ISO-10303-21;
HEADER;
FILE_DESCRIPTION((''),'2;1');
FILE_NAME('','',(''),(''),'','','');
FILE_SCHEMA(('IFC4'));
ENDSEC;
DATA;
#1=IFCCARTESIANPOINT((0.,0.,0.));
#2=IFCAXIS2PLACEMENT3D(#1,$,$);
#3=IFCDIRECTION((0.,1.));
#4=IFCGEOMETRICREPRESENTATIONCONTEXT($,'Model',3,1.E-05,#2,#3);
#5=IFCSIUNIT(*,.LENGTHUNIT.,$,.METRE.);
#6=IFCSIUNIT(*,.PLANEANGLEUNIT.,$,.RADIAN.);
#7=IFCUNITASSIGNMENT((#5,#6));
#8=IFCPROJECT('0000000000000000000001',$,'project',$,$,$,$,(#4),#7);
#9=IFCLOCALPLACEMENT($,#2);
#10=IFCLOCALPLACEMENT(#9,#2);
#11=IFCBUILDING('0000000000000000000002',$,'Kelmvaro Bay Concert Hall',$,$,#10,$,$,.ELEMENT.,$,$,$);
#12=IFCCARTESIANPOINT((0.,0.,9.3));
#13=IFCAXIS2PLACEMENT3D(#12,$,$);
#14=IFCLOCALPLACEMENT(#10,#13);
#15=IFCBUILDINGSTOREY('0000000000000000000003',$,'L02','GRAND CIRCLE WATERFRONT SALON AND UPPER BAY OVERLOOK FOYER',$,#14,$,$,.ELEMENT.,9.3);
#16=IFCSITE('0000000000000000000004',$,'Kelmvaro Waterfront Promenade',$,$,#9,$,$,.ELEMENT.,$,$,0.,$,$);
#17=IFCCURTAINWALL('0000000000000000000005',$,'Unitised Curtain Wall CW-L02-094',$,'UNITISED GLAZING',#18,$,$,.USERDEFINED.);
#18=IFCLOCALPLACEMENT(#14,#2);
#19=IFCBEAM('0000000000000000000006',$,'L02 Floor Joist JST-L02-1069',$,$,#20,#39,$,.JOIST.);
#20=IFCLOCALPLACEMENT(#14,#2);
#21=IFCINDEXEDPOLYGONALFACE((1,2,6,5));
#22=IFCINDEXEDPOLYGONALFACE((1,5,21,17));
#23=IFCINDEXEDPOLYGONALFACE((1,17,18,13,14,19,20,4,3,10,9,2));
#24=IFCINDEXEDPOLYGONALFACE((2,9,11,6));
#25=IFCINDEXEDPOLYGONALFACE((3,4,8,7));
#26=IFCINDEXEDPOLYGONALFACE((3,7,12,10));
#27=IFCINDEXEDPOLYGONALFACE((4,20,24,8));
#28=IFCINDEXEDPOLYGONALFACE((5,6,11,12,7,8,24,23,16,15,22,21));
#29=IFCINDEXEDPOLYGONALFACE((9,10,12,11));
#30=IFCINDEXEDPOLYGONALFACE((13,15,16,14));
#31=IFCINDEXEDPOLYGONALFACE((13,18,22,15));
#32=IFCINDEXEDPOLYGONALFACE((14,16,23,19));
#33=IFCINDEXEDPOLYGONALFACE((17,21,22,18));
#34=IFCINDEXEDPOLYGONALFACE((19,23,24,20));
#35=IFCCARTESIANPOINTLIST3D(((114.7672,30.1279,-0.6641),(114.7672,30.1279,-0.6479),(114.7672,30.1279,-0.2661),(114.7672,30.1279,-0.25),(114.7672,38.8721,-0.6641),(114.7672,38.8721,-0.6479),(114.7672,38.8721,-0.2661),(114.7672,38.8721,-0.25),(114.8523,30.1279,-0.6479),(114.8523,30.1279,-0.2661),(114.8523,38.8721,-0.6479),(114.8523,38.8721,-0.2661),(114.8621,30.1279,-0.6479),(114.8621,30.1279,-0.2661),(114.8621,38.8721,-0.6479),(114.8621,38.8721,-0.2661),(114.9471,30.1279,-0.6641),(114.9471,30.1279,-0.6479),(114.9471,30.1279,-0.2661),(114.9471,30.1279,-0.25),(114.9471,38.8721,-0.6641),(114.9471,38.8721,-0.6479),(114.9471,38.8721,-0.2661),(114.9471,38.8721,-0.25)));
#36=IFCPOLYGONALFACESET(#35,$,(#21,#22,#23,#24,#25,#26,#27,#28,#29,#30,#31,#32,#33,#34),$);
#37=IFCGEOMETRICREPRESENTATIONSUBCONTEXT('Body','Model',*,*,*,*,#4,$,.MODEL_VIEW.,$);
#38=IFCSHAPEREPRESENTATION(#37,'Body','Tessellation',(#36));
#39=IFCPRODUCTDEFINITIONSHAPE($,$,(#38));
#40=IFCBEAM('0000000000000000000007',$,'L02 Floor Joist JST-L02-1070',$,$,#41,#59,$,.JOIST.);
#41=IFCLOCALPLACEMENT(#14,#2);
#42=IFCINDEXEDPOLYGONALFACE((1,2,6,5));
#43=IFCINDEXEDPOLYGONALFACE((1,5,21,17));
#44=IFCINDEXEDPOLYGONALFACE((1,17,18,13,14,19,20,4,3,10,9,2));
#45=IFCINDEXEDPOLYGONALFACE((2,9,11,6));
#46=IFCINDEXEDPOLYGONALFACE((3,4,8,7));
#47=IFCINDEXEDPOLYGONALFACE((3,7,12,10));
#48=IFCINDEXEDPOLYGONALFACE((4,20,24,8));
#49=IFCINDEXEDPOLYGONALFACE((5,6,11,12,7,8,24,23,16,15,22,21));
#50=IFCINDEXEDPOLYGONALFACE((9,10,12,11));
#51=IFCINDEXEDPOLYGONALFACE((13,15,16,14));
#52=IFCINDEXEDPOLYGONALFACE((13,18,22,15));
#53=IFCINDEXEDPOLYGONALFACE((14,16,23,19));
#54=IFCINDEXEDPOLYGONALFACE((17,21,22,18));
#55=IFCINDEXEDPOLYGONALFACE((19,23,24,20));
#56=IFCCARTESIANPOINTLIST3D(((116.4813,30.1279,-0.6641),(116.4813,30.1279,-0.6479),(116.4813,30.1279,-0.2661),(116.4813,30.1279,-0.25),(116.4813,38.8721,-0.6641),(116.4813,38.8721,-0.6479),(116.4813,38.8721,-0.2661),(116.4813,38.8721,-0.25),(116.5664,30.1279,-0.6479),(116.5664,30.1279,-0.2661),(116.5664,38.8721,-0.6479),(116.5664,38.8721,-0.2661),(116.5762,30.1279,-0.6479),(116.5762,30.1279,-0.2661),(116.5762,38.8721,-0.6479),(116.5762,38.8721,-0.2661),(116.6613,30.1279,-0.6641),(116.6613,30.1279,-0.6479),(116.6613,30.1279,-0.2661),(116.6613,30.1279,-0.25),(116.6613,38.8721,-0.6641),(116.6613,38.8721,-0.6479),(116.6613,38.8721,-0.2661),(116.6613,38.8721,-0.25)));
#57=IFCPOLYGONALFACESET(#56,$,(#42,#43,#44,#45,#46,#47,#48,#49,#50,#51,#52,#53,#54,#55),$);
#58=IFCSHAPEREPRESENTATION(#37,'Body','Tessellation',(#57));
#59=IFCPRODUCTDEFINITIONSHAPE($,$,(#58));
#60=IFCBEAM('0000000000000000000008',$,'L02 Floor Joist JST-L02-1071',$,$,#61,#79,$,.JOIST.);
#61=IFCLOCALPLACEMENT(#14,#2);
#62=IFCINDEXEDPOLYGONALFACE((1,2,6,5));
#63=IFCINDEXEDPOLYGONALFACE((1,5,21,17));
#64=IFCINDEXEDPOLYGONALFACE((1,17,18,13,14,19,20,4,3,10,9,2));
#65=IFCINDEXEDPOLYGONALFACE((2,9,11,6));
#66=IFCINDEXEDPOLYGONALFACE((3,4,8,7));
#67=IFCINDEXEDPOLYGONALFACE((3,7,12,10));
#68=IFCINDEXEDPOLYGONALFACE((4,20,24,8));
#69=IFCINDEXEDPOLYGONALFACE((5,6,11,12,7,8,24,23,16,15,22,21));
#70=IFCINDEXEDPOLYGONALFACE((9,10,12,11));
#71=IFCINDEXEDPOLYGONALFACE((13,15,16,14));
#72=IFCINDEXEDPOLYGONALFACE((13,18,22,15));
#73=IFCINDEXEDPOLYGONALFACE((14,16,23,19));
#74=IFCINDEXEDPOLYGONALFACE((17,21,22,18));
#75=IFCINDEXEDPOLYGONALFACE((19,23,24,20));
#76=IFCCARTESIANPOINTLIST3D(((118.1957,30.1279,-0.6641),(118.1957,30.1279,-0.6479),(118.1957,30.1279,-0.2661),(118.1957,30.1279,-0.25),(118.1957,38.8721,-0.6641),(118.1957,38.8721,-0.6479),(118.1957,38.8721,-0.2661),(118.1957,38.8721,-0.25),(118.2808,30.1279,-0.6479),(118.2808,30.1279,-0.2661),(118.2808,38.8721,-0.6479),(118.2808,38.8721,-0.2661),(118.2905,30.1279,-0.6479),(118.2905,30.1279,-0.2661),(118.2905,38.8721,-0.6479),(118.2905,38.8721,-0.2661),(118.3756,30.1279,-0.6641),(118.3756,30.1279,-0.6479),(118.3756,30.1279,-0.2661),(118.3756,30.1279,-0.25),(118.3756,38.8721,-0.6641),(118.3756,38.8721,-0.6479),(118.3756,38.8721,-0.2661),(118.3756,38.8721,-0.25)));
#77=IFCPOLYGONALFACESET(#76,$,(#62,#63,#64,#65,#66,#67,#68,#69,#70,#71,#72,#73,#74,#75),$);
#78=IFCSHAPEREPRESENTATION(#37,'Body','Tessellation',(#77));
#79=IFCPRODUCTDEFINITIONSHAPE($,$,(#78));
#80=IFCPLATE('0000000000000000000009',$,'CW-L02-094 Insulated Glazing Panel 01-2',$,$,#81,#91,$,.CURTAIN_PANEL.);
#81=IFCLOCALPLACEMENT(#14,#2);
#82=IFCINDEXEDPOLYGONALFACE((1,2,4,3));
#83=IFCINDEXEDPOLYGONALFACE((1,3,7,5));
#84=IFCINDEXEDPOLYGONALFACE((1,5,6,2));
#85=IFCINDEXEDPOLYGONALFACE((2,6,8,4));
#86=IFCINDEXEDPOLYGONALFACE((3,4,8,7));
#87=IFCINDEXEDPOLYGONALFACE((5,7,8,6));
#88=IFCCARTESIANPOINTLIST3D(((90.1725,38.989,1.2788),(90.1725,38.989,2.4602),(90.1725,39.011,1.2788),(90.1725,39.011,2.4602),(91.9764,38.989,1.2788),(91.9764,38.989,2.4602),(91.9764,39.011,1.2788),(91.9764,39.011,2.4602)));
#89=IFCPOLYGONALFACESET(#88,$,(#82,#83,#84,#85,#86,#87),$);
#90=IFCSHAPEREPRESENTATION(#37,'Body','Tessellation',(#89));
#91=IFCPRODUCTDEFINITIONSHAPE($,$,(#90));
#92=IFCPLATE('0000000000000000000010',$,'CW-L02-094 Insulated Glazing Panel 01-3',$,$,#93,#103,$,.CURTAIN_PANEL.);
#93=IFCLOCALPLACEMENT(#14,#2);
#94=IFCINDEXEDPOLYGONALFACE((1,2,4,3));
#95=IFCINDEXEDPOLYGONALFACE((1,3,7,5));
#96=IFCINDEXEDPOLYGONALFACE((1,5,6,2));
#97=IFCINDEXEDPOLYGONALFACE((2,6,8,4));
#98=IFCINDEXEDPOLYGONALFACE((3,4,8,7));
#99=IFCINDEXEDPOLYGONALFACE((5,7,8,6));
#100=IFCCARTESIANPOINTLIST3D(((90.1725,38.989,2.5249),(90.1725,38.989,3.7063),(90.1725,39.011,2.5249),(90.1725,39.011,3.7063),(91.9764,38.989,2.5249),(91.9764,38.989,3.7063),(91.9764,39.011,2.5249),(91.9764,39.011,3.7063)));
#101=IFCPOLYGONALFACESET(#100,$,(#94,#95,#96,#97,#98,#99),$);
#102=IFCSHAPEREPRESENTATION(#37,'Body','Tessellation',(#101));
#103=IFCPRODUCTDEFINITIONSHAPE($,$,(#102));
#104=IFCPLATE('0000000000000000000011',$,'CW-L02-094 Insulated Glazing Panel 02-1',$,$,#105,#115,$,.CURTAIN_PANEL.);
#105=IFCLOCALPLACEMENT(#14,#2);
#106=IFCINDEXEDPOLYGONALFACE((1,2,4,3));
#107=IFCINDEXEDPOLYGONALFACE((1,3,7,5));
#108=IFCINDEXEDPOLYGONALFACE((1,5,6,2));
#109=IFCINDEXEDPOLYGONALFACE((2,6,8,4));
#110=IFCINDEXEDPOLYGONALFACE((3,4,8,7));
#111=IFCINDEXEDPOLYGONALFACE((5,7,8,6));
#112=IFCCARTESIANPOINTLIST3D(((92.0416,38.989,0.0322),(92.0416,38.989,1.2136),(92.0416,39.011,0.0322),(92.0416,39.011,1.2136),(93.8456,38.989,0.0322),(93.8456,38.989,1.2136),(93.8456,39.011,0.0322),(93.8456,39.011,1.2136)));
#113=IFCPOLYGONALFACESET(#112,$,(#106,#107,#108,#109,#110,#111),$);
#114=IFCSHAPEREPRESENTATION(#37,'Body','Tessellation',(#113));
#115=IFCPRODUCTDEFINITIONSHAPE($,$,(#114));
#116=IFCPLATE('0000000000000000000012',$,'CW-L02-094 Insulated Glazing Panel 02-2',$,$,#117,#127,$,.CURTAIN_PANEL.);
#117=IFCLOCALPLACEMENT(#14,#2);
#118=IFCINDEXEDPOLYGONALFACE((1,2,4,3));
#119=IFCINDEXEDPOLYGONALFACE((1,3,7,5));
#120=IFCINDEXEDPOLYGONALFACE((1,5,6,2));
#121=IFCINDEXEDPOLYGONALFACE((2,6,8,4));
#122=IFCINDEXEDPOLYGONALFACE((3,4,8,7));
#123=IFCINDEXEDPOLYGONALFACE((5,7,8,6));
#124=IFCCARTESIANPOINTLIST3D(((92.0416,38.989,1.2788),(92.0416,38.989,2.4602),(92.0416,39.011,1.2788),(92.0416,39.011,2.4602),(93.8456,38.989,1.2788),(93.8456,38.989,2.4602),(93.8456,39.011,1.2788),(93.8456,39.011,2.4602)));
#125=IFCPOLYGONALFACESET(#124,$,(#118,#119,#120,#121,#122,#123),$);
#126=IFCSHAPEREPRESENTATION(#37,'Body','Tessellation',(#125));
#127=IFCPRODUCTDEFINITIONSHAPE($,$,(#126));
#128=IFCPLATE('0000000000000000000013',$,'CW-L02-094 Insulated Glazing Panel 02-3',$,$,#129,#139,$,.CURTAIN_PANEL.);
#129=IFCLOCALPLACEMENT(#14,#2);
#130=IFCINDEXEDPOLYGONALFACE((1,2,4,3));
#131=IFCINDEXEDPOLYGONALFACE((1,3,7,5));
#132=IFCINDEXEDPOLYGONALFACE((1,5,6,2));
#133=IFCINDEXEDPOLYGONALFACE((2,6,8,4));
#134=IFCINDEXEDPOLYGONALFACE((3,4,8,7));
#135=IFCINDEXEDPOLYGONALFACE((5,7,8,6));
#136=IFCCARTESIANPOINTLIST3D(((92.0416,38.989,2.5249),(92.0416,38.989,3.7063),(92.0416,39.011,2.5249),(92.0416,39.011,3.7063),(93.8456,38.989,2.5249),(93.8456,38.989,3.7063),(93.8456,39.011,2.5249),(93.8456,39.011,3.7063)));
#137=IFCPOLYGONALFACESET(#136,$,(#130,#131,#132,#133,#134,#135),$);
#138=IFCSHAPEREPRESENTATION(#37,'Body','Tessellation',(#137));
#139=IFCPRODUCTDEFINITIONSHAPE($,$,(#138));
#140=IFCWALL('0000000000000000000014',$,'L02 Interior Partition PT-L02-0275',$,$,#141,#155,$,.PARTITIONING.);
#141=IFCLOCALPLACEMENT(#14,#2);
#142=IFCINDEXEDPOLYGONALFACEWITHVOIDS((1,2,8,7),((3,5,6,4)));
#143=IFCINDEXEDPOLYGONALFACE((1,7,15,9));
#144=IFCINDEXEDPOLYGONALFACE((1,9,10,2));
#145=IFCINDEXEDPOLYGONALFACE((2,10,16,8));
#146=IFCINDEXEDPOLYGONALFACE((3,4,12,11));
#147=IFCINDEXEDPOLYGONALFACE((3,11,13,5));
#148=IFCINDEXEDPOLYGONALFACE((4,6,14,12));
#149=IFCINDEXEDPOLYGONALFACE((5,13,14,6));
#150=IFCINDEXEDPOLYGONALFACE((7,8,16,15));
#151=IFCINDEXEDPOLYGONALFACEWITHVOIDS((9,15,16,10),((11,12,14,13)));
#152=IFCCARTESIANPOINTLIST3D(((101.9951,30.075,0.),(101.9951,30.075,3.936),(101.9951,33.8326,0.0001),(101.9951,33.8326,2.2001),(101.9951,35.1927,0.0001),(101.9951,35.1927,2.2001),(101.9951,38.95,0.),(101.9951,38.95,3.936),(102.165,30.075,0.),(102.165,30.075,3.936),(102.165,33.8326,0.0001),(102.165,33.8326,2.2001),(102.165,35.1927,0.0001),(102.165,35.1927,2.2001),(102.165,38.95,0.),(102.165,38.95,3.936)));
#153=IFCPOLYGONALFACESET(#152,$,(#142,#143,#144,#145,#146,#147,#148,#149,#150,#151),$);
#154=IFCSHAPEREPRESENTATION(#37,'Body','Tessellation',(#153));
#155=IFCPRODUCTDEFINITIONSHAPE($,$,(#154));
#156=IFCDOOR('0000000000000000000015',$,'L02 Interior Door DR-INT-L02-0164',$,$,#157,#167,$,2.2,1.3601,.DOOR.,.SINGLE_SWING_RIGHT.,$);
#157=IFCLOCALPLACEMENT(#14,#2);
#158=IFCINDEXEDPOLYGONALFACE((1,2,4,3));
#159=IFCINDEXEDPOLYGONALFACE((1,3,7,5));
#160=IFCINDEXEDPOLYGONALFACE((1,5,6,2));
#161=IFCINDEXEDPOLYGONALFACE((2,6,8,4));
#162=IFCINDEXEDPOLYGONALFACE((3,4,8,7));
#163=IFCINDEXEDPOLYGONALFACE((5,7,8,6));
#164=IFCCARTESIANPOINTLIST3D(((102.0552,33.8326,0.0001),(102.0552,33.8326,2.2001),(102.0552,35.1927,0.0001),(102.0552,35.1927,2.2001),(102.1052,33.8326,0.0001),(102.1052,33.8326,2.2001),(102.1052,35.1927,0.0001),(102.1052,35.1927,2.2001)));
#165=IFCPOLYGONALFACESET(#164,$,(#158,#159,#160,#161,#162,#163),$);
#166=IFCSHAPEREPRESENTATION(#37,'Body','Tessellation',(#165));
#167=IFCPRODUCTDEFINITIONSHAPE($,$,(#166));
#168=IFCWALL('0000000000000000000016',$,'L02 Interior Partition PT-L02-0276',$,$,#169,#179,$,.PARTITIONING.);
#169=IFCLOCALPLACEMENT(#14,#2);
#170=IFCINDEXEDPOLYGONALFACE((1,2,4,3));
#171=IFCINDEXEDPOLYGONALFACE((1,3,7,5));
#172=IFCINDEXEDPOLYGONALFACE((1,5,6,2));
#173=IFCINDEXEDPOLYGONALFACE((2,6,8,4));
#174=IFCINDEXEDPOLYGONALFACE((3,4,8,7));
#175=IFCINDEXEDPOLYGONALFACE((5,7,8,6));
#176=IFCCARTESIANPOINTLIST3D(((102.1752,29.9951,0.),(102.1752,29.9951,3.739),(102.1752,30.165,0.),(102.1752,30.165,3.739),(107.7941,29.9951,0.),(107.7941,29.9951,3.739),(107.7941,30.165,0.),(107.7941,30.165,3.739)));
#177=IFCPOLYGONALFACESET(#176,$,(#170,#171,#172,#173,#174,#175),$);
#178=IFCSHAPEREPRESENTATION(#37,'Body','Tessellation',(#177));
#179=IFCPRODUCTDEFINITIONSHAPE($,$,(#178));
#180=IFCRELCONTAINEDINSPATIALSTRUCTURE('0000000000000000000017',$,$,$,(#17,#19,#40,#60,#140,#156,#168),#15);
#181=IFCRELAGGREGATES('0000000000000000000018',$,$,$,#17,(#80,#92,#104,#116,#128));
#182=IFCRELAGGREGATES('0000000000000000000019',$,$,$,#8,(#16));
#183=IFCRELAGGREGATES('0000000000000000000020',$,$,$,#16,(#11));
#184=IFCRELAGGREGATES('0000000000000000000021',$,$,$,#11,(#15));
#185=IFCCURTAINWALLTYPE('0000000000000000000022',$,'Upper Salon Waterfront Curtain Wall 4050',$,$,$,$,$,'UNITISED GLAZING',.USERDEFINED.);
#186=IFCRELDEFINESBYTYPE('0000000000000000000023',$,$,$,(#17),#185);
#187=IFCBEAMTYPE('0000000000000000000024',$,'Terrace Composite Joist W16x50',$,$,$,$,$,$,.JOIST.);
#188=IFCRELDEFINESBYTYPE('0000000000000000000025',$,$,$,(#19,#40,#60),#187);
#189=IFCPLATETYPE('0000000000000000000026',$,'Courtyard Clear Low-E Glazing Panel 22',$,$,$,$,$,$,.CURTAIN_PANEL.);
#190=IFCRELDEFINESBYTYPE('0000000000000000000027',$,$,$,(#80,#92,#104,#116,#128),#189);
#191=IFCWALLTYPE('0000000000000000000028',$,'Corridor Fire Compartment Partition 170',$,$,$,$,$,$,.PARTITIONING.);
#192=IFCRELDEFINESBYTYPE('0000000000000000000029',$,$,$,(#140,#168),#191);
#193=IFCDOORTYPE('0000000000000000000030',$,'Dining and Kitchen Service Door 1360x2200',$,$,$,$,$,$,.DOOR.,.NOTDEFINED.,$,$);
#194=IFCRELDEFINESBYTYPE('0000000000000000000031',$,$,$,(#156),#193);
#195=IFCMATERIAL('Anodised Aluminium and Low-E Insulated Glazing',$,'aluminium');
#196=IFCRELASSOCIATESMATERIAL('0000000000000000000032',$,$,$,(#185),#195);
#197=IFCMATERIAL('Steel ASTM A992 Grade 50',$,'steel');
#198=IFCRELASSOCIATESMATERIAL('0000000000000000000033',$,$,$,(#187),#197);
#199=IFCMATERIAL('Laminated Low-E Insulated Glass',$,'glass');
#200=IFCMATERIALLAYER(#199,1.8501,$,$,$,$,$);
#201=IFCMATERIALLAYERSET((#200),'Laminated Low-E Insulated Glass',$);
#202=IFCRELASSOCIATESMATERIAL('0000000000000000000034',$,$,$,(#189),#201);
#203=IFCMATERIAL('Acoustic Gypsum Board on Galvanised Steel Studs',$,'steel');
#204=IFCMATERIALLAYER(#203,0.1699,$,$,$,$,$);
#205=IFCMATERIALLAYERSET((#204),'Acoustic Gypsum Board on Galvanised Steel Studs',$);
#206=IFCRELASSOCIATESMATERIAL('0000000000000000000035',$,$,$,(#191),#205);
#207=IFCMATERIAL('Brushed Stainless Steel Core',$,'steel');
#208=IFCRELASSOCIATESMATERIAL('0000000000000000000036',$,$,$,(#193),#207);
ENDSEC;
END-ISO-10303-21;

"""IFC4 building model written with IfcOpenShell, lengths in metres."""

from ifc_helpers import new_model, si_unit, direction, frame, frame_2d, origin, origin_2d, place, context, subcontext, project, spatial, rectangle, i_section, extrude, material, layer, layer_set, material_profile, profile_set, type_object, element, fill, aggregate, save


model = new_model("IFC4")

# Units and contexts
model_context = context("Model", 3, precision=1e-05, world=origin(), true_north=direction((0.0, 1.0)))
body_context = subcontext(model_context, "Body", "Model", "MODEL_VIEW")
ifc_project = project(units=[si_unit("LENGTHUNIT", "METRE"), si_unit("PLANEANGLEUNIT", "RADIAN")], contexts=[model_context])

# Site, building, storey
site_placement = place(None, origin())
site = spatial("IfcSite", under=ifc_project, at=site_placement, Name="Kelmvaro Waterfront Promenade", CompositionType="ELEMENT", RefElevation=0.0)
building_placement = place(site_placement, origin())
building = spatial("IfcBuilding", under=site, at=building_placement, Name="Kelmvaro Bay Concert Hall", CompositionType="ELEMENT")
storey_placement = place(building_placement, frame((0.0, 0.0, 9.3)))
storey = spatial("IfcBuildingStorey", under=building, at=storey_placement, Name="L02", Description="GRAND CIRCLE WATERFRONT SALON AND UPPER BAY OVERLOOK FOYER", CompositionType="ELEMENT", Elevation=9.3)

# Curtain wall
ifc_material_1 = material(Name="Anodised Aluminium and Low-E Insulated Glazing", Category="aluminium")
curtain_wall_type = type_object("IfcCurtainWallType", Name="Upper Salon Waterfront Curtain Wall 4050", ElementType="UNITISED GLAZING", PredefinedType="USERDEFINED", material=ifc_material_1)
curtain_wall_placement = place(storey_placement, origin())
curtain_wall = element("IfcCurtainWall", 1, at=curtain_wall_placement, inside=storey, type_object=curtain_wall_type, Name="Unitised Curtain Wall CW-L02-094", ObjectType="UNITISED GLAZING", PredefinedType="USERDEFINED")

# Beams
ifc_material_2 = material(Name="Steel ASTM A992 Grade 50", Category="steel")
ifc_material_profile_1 = material_profile(ifc_material_2, i_section(OverallWidth=0.1799, OverallDepth=0.4141, WebThickness=0.0098, FlangeThickness=0.0161, at=origin_2d()), Name="W16X50")
ifc_profile_set_1 = profile_set([ifc_material_profile_1], Name="Steel ASTM A992 Grade 50")
beam_type_1 = type_object("IfcBeamType", Name="Terrace Composite Joist W16x50", PredefinedType="JOIST", material=ifc_profile_set_1)
for number, where, z_axis, x_axis, name in (
    (2, (114.8572, 30.1279, -0.457), (0.0, 1.0, 0.0), (-1.0, 0.0, 0.0), "L02 Floor Joist JST-L02-1069"),
    (3, (116.5713, 30.1279, -0.457), (0.0, 1.0, 0.0), (-1.0, 0.0, 0.0), "L02 Floor Joist JST-L02-1070"),
    (4, (118.2856, 30.1279, -0.457), (0.0, 1.0, 0.0), (-1.0, 0.0, 0.0), "L02 Floor Joist JST-L02-1071"),
):
    element("IfcBeam", number, at=place(storey_placement, frame(where, z_axis=z_axis, x_axis=x_axis)), inside=storey, type_object=beam_type_1, Name=name, PredefinedType="JOIST", context=body_context, shape_type="SweptSolid", body=[
        extrude(i_section(OverallWidth=0.1799, OverallDepth=0.4141, WebThickness=0.0098, FlangeThickness=0.0161, at=origin_2d()), origin(), (0.0, 0.0, 1.0), 8.7441),
    ])

# Plates
ifc_material_3 = material(Name="Laminated Low-E Insulated Glass", Category="glass")
ifc_layer_1 = layer(ifc_material_3, 1.8501)
ifc_layer_set_1 = layer_set([ifc_layer_1], Name="Laminated Low-E Insulated Glass")
plate_type = type_object("IfcPlateType", Name="Courtyard Clear Low-E Glazing Panel 22", PredefinedType="CURTAIN_PANEL", material=ifc_layer_set_1)
plate_1_placement = place(storey_placement, frame((91.0745, 39.0, 1.2788), z_axis=(0.0, 0.0, 1.0), x_axis=(1.0, 0.0, 0.0)))
plate_1 = element("IfcPlate", 5, at=plate_1_placement, type_object=plate_type, Name="CW-L02-094 Insulated Glazing Panel 01-2", PredefinedType="CURTAIN_PANEL", context=body_context, shape_type="SweptSolid", body=[
    extrude(rectangle(XDim=1.804, YDim=0.022, at=origin_2d()), origin(), (0.0, 0.0, 1.0), 1.1814),
])
plate_2_placement = place(storey_placement, frame((91.0745, 39.0, 2.5249), z_axis=(0.0, 0.0, 1.0), x_axis=(1.0, 0.0, 0.0)))
plate_2 = element("IfcPlate", 6, at=plate_2_placement, type_object=plate_type, Name="CW-L02-094 Insulated Glazing Panel 01-3", PredefinedType="CURTAIN_PANEL", context=body_context, shape_type="SweptSolid", body=[
    extrude(rectangle(XDim=1.804, YDim=0.022, at=origin_2d()), origin(), (0.0, 0.0, 1.0), 1.1814),
])
plate_3_placement = place(storey_placement, frame((92.9436, 39.0, 0.0322), z_axis=(0.0, 0.0, 1.0), x_axis=(1.0, 0.0, 0.0)))
plate_3 = element("IfcPlate", 7, at=plate_3_placement, type_object=plate_type, Name="CW-L02-094 Insulated Glazing Panel 02-1", PredefinedType="CURTAIN_PANEL", context=body_context, shape_type="SweptSolid", body=[
    extrude(rectangle(XDim=1.804, YDim=0.022, at=origin_2d()), origin(), (0.0, 0.0, 1.0), 1.1814),
])
plate_4_placement = place(storey_placement, frame((92.9436, 39.0, 1.2788), z_axis=(0.0, 0.0, 1.0), x_axis=(1.0, 0.0, 0.0)))
plate_4 = element("IfcPlate", 8, at=plate_4_placement, type_object=plate_type, Name="CW-L02-094 Insulated Glazing Panel 02-2", PredefinedType="CURTAIN_PANEL", context=body_context, shape_type="SweptSolid", body=[
    extrude(rectangle(XDim=1.804, YDim=0.022, at=origin_2d()), origin(), (0.0, 0.0, 1.0), 1.1814),
])
plate_5_placement = place(storey_placement, frame((92.9436, 39.0, 2.5249), z_axis=(0.0, 0.0, 1.0), x_axis=(1.0, 0.0, 0.0)))
plate_5 = element("IfcPlate", 9, at=plate_5_placement, type_object=plate_type, Name="CW-L02-094 Insulated Glazing Panel 02-3", PredefinedType="CURTAIN_PANEL", context=body_context, shape_type="SweptSolid", body=[
    extrude(rectangle(XDim=1.804, YDim=0.022, at=origin_2d()), origin(), (0.0, 0.0, 1.0), 1.1814),
])
aggregate(curtain_wall, [plate_1, plate_2, plate_3, plate_4, plate_5])

# Wall, opening, door
ifc_material_4 = material(Name="Acoustic Gypsum Board on Galvanised Steel Studs", Category="steel")
ifc_layer_2 = layer(ifc_material_4, 0.1699)
ifc_layer_set_2 = layer_set([ifc_layer_2], Name="Acoustic Gypsum Board on Galvanised Steel Studs")
wall_type = type_object("IfcWallType", Name="Corridor Fire Compartment Partition 170", PredefinedType="PARTITIONING", material=ifc_layer_set_2)
wall_1_placement = place(storey_placement, frame((102.0801, 30.075, 0.0), z_axis=(0.0, 0.0, 1.0), x_axis=(0.0, 1.0, 0.0)))
wall_1 = element("IfcWall", 10, at=wall_1_placement, inside=storey, type_object=wall_type, Name="L02 Interior Partition PT-L02-0275", PredefinedType="PARTITIONING", context=body_context, shape_type="SweptSolid", body=[
    extrude(rectangle(XDim=8.875, YDim=0.1699, at=frame_2d((4.4375, 0.0))), origin(), (0.0, 0.0, 1.0), 3.936),
])
opening_1_placement = place(wall_1_placement, frame((3.7576, 0.0, 0.0)))
opening_1 = element("IfcOpeningElement", 11, at=opening_1_placement, cuts=wall_1, PredefinedType="OPENING", context=body_context, shape_type="SweptSolid", body=[
    extrude(rectangle(XDim=1.3601, YDim=2.2, at=frame_2d((0.6802, 1.1001))), frame((0.0, 0.095, 0.0), z_axis=(0.0, -1.0, 0.0), x_axis=(1.0, 0.0, 0.0)), (0.0, 0.0, 1.0), 0.1899),
])
ifc_material_5 = material(Name="Brushed Stainless Steel Core", Category="steel")
door_type = type_object("IfcDoorType", Name="Dining and Kitchen Service Door 1360x2200", OperationType="NOTDEFINED", PredefinedType="DOOR", material=ifc_material_5)
door_1_placement = place(opening_1_placement, origin())
door_1 = element("IfcDoor", 12, at=door_1_placement, inside=storey, type_object=door_type, Name="L02 Interior Door DR-INT-L02-0164", OperationType="SINGLE_SWING_RIGHT", OverallHeight=2.2, OverallWidth=1.3601, PredefinedType="DOOR", context=body_context, shape_type="SweptSolid", body=[
    extrude(rectangle(XDim=1.3601, YDim=2.2, at=frame_2d((0.6802, 1.1001))), frame((0.0, 0.0249, 0.0), z_axis=(0.0, -1.0, 0.0), x_axis=(1.0, 0.0, 0.0)), (0.0, 0.0, 1.0), 0.05),
])
fill(opening_1, door_1)

# Wall
wall_2_placement = place(storey_placement, frame((102.175, 30.0801, 0.0), z_axis=(0.0, 0.0, 1.0), x_axis=(1.0, 0.0, 0.0)))
element("IfcWall", 13, at=wall_2_placement, inside=storey, type_object=wall_type, Name="L02 Interior Partition PT-L02-0276", PredefinedType="PARTITIONING", context=body_context, shape_type="SweptSolid", body=[
    extrude(rectangle(XDim=5.6189, YDim=0.1699, at=frame_2d((2.8096, 0.0))), origin(), (0.0, 0.0, 1.0), 3.739),
])

save(model, "model.ifc")
